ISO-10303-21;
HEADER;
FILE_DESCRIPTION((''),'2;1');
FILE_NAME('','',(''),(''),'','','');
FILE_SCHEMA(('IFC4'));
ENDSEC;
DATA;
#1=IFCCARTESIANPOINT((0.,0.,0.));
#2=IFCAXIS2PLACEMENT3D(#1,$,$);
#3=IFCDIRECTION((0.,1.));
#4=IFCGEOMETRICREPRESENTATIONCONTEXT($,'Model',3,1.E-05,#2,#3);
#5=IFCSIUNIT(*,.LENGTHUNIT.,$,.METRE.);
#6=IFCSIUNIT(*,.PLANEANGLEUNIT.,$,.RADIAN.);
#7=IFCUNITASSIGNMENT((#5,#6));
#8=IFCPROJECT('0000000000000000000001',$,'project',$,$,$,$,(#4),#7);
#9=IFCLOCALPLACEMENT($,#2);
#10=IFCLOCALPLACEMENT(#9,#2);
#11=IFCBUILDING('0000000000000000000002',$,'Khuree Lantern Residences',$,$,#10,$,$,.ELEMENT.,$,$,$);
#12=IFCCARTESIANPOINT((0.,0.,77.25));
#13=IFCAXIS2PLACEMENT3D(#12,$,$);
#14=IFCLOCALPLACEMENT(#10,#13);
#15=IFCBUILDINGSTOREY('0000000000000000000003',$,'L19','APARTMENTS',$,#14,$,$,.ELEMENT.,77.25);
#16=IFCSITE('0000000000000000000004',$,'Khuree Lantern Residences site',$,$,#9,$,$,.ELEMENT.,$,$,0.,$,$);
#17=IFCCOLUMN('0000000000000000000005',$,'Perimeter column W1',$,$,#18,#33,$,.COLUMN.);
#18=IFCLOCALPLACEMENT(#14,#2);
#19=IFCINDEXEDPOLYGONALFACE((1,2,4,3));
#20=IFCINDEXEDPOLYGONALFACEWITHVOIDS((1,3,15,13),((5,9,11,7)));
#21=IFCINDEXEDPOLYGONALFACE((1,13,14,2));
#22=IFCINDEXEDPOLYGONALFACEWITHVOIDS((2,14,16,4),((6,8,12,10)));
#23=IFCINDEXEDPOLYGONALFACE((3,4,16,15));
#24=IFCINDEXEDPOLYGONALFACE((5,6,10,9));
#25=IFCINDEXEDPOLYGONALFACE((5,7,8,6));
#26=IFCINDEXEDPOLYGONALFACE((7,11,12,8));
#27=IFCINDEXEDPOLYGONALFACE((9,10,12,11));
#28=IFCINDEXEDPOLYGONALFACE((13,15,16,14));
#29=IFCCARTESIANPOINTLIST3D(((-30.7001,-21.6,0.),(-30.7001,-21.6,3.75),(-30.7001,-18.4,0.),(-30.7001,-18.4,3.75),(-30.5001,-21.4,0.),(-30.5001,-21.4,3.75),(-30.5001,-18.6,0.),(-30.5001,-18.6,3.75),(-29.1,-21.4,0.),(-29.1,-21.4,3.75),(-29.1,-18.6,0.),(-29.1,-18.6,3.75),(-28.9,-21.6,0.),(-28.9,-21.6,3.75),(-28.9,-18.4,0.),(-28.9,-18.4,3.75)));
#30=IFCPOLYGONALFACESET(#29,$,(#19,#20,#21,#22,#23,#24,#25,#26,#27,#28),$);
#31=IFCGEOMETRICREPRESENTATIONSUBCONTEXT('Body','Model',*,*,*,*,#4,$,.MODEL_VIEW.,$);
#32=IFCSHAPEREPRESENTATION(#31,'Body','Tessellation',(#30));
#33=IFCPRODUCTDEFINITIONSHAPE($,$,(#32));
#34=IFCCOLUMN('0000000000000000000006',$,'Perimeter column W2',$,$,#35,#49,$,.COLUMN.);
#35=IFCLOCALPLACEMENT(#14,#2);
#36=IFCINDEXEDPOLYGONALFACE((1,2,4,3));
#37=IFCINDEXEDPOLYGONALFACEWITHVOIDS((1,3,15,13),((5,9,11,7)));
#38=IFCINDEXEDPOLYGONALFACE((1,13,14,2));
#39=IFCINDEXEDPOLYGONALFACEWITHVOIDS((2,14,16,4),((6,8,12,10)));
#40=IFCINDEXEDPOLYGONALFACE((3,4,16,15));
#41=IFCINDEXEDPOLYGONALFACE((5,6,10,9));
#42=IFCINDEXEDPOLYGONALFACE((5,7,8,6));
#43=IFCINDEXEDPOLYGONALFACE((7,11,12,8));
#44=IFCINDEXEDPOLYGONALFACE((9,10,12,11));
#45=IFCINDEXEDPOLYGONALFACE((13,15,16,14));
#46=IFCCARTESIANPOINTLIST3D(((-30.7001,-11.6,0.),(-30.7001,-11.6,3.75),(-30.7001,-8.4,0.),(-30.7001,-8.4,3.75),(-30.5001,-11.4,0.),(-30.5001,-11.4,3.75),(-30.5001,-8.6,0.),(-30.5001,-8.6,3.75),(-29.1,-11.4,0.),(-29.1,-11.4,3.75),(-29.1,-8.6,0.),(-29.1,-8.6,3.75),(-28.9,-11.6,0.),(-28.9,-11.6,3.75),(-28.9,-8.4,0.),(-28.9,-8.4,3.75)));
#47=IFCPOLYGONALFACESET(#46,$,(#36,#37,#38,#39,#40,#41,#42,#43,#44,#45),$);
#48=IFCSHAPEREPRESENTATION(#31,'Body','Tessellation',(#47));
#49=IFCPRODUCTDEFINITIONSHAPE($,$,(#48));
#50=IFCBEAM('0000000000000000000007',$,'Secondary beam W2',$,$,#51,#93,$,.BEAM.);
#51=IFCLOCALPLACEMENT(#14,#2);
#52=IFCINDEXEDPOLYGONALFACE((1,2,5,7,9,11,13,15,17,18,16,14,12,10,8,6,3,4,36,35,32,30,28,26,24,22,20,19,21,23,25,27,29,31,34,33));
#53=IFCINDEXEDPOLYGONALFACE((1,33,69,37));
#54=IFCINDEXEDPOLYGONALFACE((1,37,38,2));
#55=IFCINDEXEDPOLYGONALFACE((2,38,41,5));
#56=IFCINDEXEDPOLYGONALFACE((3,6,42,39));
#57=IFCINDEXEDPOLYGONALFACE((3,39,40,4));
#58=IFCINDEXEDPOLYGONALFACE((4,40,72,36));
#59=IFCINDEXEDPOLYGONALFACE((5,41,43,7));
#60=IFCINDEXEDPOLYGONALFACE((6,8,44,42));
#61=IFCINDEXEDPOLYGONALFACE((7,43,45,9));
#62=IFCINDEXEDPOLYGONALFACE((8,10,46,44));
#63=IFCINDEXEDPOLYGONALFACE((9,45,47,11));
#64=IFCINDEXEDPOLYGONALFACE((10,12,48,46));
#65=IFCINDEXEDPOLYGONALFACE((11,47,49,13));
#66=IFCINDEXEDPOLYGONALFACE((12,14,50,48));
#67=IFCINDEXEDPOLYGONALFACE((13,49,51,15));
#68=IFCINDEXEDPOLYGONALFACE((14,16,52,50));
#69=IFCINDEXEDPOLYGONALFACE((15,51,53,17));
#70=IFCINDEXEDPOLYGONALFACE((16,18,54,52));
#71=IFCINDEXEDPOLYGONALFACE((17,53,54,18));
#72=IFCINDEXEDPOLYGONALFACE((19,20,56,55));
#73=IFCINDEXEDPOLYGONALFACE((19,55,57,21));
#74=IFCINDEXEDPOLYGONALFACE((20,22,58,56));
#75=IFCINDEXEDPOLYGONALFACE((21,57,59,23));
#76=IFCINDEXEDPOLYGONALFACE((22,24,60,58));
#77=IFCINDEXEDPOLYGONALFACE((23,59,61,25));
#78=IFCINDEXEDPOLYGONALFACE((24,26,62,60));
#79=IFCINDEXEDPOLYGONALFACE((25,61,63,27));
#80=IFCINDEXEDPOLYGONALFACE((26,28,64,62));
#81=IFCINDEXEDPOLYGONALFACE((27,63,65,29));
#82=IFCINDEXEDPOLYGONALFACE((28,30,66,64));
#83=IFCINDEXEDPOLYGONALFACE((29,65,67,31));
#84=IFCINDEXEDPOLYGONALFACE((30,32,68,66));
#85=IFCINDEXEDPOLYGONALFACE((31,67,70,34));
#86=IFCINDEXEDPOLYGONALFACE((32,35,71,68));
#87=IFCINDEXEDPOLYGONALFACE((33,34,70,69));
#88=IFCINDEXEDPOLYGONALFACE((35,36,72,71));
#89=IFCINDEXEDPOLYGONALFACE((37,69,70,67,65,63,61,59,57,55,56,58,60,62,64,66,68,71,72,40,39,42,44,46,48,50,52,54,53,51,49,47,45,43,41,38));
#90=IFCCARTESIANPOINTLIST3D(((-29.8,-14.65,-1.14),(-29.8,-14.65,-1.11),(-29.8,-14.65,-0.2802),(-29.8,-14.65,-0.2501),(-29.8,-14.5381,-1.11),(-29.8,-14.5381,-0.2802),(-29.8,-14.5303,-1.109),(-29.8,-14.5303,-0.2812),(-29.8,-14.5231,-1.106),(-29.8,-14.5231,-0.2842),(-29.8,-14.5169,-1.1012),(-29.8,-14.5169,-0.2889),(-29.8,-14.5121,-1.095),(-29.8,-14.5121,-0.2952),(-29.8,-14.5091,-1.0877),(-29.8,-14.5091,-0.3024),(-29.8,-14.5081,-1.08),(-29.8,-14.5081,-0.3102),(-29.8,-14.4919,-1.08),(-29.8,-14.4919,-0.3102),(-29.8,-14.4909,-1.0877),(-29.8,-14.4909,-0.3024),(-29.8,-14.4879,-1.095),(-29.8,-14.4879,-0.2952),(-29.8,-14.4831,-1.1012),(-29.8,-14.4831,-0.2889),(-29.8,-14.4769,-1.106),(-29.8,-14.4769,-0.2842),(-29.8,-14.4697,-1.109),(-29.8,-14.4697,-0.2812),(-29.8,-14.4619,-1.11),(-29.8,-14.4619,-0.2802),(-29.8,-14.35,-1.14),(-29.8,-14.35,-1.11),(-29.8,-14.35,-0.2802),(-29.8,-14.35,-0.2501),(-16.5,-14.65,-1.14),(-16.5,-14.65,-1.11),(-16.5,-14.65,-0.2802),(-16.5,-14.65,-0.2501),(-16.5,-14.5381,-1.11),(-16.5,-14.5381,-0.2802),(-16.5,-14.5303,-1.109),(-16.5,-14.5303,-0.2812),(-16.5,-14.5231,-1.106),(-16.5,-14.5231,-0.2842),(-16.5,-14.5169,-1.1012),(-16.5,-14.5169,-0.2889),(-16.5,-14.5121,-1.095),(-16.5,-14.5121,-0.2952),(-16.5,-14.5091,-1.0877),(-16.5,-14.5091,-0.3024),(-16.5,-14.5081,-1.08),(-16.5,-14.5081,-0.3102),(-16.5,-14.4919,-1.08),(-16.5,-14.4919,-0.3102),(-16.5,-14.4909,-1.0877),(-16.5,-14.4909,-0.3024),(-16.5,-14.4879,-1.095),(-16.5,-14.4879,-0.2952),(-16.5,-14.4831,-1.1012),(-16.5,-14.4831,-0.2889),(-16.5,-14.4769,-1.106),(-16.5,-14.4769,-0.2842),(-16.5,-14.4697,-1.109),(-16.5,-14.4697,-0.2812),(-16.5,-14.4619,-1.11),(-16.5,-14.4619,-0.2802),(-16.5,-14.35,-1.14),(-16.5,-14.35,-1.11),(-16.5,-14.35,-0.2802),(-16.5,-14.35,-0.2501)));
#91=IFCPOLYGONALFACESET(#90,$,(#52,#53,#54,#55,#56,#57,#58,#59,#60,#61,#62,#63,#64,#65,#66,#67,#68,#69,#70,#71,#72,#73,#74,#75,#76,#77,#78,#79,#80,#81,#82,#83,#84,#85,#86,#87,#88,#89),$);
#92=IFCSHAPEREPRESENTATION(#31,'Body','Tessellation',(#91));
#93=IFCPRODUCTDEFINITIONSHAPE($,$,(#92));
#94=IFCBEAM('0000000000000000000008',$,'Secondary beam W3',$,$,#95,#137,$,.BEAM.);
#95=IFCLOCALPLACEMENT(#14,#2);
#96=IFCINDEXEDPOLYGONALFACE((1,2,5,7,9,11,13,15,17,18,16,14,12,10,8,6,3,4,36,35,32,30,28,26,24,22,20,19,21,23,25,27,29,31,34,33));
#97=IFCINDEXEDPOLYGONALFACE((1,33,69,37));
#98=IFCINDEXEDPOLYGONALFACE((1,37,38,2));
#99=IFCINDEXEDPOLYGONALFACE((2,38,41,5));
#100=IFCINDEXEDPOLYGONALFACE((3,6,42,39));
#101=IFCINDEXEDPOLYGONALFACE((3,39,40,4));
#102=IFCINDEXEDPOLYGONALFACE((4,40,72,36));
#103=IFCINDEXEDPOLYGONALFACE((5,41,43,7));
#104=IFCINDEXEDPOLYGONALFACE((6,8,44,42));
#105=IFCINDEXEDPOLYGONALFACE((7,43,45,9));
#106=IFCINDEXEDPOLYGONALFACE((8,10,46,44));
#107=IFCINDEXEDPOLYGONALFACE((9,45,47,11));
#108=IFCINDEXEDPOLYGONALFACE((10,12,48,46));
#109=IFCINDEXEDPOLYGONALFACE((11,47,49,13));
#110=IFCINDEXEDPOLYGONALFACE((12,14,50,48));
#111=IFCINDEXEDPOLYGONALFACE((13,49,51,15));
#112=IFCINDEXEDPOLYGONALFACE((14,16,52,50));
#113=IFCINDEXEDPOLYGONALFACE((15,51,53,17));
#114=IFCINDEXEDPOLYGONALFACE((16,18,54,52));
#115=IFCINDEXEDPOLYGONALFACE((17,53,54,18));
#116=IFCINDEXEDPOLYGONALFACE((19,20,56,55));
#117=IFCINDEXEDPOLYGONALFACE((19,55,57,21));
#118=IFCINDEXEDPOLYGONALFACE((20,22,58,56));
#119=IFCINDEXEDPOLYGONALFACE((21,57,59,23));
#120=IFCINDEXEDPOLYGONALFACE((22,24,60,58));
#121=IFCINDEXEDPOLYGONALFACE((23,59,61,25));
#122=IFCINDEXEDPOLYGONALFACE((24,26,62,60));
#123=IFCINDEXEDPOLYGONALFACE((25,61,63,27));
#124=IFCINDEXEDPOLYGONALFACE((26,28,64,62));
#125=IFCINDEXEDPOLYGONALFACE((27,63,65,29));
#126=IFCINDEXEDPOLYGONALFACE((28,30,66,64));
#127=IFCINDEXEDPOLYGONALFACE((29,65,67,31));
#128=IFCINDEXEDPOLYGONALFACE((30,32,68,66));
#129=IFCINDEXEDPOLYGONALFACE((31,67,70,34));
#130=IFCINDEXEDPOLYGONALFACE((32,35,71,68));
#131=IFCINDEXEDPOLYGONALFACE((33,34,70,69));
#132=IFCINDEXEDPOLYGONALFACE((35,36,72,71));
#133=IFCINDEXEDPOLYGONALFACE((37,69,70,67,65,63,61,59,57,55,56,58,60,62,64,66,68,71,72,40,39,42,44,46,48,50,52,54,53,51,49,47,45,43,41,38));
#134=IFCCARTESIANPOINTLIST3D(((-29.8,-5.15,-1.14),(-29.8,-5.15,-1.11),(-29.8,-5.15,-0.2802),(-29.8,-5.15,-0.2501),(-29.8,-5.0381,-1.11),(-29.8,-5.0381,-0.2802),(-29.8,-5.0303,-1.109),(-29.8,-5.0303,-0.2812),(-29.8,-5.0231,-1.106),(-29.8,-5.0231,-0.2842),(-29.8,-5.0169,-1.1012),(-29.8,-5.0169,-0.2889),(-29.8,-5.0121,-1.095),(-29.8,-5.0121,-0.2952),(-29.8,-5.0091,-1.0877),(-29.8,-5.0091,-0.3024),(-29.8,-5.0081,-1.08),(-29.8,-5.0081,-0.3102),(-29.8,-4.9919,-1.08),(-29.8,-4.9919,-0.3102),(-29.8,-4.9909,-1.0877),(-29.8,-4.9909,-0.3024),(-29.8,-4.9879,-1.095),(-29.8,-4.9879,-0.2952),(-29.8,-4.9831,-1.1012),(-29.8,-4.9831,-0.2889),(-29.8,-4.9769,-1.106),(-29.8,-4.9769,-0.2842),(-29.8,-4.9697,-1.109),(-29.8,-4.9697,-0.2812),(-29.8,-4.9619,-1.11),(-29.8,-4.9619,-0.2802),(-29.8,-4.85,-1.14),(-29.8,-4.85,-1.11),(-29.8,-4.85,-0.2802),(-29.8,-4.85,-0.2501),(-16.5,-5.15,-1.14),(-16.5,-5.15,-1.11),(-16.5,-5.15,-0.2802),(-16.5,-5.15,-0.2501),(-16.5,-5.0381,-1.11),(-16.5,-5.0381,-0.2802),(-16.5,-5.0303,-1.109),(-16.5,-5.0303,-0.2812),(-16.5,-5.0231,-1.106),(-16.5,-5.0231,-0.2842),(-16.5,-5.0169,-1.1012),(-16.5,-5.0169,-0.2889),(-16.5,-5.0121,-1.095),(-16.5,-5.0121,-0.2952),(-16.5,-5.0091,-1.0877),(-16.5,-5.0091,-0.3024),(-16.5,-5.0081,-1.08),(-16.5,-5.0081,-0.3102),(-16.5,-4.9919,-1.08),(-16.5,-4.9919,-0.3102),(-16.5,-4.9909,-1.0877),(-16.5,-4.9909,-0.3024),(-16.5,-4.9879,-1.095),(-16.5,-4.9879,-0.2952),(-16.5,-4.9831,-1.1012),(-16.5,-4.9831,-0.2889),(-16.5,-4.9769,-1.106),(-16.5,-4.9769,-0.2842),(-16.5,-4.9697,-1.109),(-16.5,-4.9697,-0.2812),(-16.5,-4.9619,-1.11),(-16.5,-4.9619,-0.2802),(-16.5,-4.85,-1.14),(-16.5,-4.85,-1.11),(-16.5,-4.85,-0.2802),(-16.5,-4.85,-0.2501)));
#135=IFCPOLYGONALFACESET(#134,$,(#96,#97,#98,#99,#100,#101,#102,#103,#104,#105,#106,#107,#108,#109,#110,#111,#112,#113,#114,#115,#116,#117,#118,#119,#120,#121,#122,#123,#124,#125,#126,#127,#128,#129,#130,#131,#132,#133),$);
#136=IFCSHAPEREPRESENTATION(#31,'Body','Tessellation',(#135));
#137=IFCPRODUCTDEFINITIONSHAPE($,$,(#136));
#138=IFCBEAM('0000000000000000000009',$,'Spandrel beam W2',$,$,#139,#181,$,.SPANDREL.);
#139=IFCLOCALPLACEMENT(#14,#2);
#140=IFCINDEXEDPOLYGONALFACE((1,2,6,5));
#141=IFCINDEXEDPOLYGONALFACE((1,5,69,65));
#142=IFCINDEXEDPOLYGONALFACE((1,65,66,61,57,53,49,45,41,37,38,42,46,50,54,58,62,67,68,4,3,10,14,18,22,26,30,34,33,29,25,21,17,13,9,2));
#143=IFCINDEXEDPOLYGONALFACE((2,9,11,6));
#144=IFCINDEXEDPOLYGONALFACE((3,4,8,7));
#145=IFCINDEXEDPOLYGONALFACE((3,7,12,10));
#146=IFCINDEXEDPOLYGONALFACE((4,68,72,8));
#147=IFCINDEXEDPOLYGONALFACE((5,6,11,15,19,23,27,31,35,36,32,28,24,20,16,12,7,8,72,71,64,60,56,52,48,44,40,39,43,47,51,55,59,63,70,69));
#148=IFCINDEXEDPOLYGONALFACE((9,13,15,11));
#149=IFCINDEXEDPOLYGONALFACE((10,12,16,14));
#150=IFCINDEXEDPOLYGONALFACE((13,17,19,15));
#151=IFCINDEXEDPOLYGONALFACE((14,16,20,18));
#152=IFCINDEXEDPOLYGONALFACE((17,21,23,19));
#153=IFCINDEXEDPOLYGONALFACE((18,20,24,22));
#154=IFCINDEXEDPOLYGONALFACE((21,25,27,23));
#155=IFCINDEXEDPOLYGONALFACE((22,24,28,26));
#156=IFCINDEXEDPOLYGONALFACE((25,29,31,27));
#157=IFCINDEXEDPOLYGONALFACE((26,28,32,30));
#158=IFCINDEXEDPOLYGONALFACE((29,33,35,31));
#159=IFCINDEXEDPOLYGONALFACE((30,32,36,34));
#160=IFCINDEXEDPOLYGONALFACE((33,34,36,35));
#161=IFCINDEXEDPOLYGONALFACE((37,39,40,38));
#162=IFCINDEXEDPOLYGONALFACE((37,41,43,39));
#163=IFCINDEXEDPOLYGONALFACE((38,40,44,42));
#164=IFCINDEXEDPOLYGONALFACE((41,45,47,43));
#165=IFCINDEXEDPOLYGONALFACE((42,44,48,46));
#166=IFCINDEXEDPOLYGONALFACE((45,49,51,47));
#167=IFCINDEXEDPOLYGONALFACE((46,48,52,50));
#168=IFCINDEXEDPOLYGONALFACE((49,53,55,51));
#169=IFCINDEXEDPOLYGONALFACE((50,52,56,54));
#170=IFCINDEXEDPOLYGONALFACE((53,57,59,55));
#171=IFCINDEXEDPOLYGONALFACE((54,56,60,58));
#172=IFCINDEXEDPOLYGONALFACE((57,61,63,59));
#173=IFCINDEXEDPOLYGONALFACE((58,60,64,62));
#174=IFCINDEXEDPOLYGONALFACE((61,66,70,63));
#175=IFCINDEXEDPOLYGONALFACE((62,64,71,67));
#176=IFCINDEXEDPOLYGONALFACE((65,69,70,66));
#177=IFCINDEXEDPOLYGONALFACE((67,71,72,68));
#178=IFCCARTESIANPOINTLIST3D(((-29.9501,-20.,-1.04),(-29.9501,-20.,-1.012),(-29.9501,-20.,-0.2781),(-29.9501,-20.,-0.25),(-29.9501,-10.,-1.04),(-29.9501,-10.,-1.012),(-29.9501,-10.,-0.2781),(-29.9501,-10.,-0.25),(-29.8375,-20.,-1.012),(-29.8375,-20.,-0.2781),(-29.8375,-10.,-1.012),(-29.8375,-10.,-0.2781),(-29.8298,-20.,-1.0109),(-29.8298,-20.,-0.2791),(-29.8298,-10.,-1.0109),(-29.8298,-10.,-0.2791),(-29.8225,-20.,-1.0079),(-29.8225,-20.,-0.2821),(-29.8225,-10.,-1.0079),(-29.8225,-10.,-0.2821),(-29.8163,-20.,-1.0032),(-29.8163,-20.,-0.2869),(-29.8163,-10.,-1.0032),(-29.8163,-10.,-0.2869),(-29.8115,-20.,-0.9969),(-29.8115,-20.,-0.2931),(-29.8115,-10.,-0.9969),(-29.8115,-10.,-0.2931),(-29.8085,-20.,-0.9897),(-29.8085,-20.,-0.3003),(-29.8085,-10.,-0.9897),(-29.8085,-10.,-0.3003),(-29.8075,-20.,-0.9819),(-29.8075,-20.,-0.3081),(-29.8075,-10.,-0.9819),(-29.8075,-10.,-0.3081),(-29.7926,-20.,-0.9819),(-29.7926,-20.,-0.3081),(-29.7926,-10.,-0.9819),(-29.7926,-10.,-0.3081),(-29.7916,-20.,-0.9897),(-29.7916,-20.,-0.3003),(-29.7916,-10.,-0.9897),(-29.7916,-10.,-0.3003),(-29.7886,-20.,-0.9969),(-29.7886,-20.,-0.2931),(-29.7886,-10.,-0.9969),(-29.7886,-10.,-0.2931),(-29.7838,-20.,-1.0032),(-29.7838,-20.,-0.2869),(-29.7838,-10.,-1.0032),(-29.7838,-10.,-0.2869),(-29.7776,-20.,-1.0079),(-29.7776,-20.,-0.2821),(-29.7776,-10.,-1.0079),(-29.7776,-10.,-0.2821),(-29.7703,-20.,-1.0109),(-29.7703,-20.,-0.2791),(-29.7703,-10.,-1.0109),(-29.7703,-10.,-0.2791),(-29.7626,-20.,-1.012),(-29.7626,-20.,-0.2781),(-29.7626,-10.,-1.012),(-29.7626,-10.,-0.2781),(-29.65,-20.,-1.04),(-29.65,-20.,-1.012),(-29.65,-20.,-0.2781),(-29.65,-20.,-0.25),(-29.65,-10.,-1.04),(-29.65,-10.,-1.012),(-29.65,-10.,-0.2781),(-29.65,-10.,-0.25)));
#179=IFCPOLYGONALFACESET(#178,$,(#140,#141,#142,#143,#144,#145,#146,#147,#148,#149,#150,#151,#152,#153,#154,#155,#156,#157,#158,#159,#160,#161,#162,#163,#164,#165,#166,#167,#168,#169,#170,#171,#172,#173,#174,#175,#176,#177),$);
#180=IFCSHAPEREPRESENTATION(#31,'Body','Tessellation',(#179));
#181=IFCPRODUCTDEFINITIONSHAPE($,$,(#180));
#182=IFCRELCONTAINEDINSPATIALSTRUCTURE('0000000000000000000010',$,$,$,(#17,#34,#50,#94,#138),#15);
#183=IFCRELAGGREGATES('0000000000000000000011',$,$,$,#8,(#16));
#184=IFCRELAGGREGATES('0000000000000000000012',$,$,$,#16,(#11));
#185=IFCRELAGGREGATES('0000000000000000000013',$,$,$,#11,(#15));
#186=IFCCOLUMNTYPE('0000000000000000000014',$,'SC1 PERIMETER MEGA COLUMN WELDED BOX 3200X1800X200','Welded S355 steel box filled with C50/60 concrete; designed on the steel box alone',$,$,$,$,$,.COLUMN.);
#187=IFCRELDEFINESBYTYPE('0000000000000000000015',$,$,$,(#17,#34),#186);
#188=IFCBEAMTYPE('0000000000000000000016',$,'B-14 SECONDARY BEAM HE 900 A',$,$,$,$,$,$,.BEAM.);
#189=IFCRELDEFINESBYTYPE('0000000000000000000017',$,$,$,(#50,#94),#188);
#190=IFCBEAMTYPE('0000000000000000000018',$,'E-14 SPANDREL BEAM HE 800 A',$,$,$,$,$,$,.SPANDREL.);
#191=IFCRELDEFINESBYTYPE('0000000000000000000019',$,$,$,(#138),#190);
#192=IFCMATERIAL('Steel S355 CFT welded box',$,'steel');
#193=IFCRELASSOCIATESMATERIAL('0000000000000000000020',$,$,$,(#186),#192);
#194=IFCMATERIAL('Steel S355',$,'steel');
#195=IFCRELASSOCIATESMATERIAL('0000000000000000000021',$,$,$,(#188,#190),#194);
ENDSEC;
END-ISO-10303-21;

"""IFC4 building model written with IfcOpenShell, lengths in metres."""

from ifc_helpers import new_model, si_unit, direction, frame, origin, origin_2d, place, context, subcontext, project, spatial, hollow_rectangle, i_section, extrude, material, material_profile, profile_set, type_object, element, save


model = new_model("IFC4")

# Units and contexts
model_context = context("Model", 3, precision=1e-05, world=origin(), true_north=direction((0.0, 1.0)))
body_context = subcontext(model_context, "Body", "Model", "MODEL_VIEW")
ifc_project = project(units=[si_unit("LENGTHUNIT", "METRE"), si_unit("PLANEANGLEUNIT", "RADIAN")], contexts=[model_context])

# Site, building, storey
site_placement = place(None, origin())
site = spatial("IfcSite", under=ifc_project, at=site_placement, Name="Khuree Lantern Residences site", CompositionType="ELEMENT", RefElevation=0.0)
building_placement = place(site_placement, origin())
building = spatial("IfcBuilding", under=site, at=building_placement, Name="Khuree Lantern Residences", CompositionType="ELEMENT")
storey_placement = place(building_placement, frame((0.0, 0.0, 77.25)))
storey = spatial("IfcBuildingStorey", under=building, at=storey_placement, Name="L19", Description="APARTMENTS", CompositionType="ELEMENT", Elevation=77.25)

# Columns
ifc_material_1 = material(Name="Steel S355 CFT welded box", Category="steel")
ifc_material_profile_1 = material_profile(ifc_material_1, hollow_rectangle(XDim=3.2, YDim=1.8, WallThickness=0.2, at=origin_2d()), Name="WELDED BOX 3200X1800X200")
ifc_profile_set_1 = profile_set([ifc_material_profile_1], Name="Steel S355 CFT welded box")
column_type = type_object("IfcColumnType", Name="SC1 PERIMETER MEGA COLUMN WELDED BOX 3200X1800X200", Description="Welded S355 steel box filled with C50/60 concrete; designed on the steel box alone", PredefinedType="COLUMN", material=ifc_profile_set_1)
for number, where, z_axis, x_axis, name in (
    (1, (-29.8, -20.0, 0.0), (0.0, 0.0, 1.0), (0.0, 1.0, 0.0), "Perimeter column W1"),
    (2, (-29.8, -10.0, 0.0), (0.0, 0.0, 1.0), (0.0, 1.0, 0.0), "Perimeter column W2"),
):
    element("IfcColumn", number, at=place(storey_placement, frame(where, z_axis=z_axis, x_axis=x_axis)), inside=storey, type_object=column_type, Name=name, PredefinedType="COLUMN", context=body_context, shape_type="SweptSolid", body=[
        extrude(hollow_rectangle(XDim=3.2, YDim=1.8, WallThickness=0.2, at=origin_2d()), origin(), (0.0, 0.0, 1.0), 3.75),
    ])

# Beams
ifc_material_2 = material(Name="Steel S355", Category="steel")
ifc_material_profile_2 = material_profile(ifc_material_2, i_section(OverallWidth=0.3, OverallDepth=0.8899, WebThickness=0.0161, FlangeThickness=0.03, FilletRadius=0.03, at=origin_2d()), Name="HE 900 A")
ifc_profile_set_2 = profile_set([ifc_material_profile_2], Name="Steel S355")
beam_type_1 = type_object("IfcBeamType", Name="B-14 SECONDARY BEAM HE 900 A", PredefinedType="BEAM", material=ifc_profile_set_2)
for number, where, z_axis, x_axis, name in (
    (3, (-29.8, -14.5, -0.6951), (1.0, 0.0, 0.0), (0.0, 1.0, 0.0), "Secondary beam W2"),
    (4, (-29.8, -5.0, -0.6951), (1.0, 0.0, 0.0), (0.0, 1.0, 0.0), "Secondary beam W3"),
):
    element("IfcBeam", number, at=place(storey_placement, frame(where, z_axis=z_axis, x_axis=x_axis)), inside=storey, type_object=beam_type_1, Name=name, PredefinedType="BEAM", context=body_context, shape_type="SweptSolid", body=[
        extrude(i_section(OverallWidth=0.3, OverallDepth=0.8899, WebThickness=0.0161, FlangeThickness=0.03, FilletRadius=0.03, at=origin_2d()), origin(), (0.0, 0.0, 1.0), 13.3),
    ])
ifc_material_profile_3 = material_profile(ifc_material_2, i_section(OverallWidth=0.3, OverallDepth=0.79, WebThickness=0.0149, FlangeThickness=0.0281, FilletRadius=0.03, at=origin_2d()), Name="HE 800 A")
ifc_profile_set_3 = profile_set([ifc_material_profile_3], Name="Steel S355")
beam_type_2 = type_object("IfcBeamType", Name="E-14 SPANDREL BEAM HE 800 A", PredefinedType="SPANDREL", material=ifc_profile_set_3)
for number, where, z_axis, x_axis, name in (
    (5, (-29.8, -20.0, -0.645), (0.0, 1.0, 0.0), (-1.0, 0.0, 0.0), "Spandrel beam W2"),
):
    element("IfcBeam", number, at=place(storey_placement, frame(where, z_axis=z_axis, x_axis=x_axis)), inside=storey, type_object=beam_type_2, Name=name, PredefinedType="SPANDREL", context=body_context, shape_type="SweptSolid", body=[
        extrude(i_section(OverallWidth=0.3, OverallDepth=0.79, WebThickness=0.0149, FlangeThickness=0.0281, FilletRadius=0.03, at=origin_2d()), origin(), (0.0, 0.0, 1.0), 10.0),
    ])

save(model, "model.ifc")
